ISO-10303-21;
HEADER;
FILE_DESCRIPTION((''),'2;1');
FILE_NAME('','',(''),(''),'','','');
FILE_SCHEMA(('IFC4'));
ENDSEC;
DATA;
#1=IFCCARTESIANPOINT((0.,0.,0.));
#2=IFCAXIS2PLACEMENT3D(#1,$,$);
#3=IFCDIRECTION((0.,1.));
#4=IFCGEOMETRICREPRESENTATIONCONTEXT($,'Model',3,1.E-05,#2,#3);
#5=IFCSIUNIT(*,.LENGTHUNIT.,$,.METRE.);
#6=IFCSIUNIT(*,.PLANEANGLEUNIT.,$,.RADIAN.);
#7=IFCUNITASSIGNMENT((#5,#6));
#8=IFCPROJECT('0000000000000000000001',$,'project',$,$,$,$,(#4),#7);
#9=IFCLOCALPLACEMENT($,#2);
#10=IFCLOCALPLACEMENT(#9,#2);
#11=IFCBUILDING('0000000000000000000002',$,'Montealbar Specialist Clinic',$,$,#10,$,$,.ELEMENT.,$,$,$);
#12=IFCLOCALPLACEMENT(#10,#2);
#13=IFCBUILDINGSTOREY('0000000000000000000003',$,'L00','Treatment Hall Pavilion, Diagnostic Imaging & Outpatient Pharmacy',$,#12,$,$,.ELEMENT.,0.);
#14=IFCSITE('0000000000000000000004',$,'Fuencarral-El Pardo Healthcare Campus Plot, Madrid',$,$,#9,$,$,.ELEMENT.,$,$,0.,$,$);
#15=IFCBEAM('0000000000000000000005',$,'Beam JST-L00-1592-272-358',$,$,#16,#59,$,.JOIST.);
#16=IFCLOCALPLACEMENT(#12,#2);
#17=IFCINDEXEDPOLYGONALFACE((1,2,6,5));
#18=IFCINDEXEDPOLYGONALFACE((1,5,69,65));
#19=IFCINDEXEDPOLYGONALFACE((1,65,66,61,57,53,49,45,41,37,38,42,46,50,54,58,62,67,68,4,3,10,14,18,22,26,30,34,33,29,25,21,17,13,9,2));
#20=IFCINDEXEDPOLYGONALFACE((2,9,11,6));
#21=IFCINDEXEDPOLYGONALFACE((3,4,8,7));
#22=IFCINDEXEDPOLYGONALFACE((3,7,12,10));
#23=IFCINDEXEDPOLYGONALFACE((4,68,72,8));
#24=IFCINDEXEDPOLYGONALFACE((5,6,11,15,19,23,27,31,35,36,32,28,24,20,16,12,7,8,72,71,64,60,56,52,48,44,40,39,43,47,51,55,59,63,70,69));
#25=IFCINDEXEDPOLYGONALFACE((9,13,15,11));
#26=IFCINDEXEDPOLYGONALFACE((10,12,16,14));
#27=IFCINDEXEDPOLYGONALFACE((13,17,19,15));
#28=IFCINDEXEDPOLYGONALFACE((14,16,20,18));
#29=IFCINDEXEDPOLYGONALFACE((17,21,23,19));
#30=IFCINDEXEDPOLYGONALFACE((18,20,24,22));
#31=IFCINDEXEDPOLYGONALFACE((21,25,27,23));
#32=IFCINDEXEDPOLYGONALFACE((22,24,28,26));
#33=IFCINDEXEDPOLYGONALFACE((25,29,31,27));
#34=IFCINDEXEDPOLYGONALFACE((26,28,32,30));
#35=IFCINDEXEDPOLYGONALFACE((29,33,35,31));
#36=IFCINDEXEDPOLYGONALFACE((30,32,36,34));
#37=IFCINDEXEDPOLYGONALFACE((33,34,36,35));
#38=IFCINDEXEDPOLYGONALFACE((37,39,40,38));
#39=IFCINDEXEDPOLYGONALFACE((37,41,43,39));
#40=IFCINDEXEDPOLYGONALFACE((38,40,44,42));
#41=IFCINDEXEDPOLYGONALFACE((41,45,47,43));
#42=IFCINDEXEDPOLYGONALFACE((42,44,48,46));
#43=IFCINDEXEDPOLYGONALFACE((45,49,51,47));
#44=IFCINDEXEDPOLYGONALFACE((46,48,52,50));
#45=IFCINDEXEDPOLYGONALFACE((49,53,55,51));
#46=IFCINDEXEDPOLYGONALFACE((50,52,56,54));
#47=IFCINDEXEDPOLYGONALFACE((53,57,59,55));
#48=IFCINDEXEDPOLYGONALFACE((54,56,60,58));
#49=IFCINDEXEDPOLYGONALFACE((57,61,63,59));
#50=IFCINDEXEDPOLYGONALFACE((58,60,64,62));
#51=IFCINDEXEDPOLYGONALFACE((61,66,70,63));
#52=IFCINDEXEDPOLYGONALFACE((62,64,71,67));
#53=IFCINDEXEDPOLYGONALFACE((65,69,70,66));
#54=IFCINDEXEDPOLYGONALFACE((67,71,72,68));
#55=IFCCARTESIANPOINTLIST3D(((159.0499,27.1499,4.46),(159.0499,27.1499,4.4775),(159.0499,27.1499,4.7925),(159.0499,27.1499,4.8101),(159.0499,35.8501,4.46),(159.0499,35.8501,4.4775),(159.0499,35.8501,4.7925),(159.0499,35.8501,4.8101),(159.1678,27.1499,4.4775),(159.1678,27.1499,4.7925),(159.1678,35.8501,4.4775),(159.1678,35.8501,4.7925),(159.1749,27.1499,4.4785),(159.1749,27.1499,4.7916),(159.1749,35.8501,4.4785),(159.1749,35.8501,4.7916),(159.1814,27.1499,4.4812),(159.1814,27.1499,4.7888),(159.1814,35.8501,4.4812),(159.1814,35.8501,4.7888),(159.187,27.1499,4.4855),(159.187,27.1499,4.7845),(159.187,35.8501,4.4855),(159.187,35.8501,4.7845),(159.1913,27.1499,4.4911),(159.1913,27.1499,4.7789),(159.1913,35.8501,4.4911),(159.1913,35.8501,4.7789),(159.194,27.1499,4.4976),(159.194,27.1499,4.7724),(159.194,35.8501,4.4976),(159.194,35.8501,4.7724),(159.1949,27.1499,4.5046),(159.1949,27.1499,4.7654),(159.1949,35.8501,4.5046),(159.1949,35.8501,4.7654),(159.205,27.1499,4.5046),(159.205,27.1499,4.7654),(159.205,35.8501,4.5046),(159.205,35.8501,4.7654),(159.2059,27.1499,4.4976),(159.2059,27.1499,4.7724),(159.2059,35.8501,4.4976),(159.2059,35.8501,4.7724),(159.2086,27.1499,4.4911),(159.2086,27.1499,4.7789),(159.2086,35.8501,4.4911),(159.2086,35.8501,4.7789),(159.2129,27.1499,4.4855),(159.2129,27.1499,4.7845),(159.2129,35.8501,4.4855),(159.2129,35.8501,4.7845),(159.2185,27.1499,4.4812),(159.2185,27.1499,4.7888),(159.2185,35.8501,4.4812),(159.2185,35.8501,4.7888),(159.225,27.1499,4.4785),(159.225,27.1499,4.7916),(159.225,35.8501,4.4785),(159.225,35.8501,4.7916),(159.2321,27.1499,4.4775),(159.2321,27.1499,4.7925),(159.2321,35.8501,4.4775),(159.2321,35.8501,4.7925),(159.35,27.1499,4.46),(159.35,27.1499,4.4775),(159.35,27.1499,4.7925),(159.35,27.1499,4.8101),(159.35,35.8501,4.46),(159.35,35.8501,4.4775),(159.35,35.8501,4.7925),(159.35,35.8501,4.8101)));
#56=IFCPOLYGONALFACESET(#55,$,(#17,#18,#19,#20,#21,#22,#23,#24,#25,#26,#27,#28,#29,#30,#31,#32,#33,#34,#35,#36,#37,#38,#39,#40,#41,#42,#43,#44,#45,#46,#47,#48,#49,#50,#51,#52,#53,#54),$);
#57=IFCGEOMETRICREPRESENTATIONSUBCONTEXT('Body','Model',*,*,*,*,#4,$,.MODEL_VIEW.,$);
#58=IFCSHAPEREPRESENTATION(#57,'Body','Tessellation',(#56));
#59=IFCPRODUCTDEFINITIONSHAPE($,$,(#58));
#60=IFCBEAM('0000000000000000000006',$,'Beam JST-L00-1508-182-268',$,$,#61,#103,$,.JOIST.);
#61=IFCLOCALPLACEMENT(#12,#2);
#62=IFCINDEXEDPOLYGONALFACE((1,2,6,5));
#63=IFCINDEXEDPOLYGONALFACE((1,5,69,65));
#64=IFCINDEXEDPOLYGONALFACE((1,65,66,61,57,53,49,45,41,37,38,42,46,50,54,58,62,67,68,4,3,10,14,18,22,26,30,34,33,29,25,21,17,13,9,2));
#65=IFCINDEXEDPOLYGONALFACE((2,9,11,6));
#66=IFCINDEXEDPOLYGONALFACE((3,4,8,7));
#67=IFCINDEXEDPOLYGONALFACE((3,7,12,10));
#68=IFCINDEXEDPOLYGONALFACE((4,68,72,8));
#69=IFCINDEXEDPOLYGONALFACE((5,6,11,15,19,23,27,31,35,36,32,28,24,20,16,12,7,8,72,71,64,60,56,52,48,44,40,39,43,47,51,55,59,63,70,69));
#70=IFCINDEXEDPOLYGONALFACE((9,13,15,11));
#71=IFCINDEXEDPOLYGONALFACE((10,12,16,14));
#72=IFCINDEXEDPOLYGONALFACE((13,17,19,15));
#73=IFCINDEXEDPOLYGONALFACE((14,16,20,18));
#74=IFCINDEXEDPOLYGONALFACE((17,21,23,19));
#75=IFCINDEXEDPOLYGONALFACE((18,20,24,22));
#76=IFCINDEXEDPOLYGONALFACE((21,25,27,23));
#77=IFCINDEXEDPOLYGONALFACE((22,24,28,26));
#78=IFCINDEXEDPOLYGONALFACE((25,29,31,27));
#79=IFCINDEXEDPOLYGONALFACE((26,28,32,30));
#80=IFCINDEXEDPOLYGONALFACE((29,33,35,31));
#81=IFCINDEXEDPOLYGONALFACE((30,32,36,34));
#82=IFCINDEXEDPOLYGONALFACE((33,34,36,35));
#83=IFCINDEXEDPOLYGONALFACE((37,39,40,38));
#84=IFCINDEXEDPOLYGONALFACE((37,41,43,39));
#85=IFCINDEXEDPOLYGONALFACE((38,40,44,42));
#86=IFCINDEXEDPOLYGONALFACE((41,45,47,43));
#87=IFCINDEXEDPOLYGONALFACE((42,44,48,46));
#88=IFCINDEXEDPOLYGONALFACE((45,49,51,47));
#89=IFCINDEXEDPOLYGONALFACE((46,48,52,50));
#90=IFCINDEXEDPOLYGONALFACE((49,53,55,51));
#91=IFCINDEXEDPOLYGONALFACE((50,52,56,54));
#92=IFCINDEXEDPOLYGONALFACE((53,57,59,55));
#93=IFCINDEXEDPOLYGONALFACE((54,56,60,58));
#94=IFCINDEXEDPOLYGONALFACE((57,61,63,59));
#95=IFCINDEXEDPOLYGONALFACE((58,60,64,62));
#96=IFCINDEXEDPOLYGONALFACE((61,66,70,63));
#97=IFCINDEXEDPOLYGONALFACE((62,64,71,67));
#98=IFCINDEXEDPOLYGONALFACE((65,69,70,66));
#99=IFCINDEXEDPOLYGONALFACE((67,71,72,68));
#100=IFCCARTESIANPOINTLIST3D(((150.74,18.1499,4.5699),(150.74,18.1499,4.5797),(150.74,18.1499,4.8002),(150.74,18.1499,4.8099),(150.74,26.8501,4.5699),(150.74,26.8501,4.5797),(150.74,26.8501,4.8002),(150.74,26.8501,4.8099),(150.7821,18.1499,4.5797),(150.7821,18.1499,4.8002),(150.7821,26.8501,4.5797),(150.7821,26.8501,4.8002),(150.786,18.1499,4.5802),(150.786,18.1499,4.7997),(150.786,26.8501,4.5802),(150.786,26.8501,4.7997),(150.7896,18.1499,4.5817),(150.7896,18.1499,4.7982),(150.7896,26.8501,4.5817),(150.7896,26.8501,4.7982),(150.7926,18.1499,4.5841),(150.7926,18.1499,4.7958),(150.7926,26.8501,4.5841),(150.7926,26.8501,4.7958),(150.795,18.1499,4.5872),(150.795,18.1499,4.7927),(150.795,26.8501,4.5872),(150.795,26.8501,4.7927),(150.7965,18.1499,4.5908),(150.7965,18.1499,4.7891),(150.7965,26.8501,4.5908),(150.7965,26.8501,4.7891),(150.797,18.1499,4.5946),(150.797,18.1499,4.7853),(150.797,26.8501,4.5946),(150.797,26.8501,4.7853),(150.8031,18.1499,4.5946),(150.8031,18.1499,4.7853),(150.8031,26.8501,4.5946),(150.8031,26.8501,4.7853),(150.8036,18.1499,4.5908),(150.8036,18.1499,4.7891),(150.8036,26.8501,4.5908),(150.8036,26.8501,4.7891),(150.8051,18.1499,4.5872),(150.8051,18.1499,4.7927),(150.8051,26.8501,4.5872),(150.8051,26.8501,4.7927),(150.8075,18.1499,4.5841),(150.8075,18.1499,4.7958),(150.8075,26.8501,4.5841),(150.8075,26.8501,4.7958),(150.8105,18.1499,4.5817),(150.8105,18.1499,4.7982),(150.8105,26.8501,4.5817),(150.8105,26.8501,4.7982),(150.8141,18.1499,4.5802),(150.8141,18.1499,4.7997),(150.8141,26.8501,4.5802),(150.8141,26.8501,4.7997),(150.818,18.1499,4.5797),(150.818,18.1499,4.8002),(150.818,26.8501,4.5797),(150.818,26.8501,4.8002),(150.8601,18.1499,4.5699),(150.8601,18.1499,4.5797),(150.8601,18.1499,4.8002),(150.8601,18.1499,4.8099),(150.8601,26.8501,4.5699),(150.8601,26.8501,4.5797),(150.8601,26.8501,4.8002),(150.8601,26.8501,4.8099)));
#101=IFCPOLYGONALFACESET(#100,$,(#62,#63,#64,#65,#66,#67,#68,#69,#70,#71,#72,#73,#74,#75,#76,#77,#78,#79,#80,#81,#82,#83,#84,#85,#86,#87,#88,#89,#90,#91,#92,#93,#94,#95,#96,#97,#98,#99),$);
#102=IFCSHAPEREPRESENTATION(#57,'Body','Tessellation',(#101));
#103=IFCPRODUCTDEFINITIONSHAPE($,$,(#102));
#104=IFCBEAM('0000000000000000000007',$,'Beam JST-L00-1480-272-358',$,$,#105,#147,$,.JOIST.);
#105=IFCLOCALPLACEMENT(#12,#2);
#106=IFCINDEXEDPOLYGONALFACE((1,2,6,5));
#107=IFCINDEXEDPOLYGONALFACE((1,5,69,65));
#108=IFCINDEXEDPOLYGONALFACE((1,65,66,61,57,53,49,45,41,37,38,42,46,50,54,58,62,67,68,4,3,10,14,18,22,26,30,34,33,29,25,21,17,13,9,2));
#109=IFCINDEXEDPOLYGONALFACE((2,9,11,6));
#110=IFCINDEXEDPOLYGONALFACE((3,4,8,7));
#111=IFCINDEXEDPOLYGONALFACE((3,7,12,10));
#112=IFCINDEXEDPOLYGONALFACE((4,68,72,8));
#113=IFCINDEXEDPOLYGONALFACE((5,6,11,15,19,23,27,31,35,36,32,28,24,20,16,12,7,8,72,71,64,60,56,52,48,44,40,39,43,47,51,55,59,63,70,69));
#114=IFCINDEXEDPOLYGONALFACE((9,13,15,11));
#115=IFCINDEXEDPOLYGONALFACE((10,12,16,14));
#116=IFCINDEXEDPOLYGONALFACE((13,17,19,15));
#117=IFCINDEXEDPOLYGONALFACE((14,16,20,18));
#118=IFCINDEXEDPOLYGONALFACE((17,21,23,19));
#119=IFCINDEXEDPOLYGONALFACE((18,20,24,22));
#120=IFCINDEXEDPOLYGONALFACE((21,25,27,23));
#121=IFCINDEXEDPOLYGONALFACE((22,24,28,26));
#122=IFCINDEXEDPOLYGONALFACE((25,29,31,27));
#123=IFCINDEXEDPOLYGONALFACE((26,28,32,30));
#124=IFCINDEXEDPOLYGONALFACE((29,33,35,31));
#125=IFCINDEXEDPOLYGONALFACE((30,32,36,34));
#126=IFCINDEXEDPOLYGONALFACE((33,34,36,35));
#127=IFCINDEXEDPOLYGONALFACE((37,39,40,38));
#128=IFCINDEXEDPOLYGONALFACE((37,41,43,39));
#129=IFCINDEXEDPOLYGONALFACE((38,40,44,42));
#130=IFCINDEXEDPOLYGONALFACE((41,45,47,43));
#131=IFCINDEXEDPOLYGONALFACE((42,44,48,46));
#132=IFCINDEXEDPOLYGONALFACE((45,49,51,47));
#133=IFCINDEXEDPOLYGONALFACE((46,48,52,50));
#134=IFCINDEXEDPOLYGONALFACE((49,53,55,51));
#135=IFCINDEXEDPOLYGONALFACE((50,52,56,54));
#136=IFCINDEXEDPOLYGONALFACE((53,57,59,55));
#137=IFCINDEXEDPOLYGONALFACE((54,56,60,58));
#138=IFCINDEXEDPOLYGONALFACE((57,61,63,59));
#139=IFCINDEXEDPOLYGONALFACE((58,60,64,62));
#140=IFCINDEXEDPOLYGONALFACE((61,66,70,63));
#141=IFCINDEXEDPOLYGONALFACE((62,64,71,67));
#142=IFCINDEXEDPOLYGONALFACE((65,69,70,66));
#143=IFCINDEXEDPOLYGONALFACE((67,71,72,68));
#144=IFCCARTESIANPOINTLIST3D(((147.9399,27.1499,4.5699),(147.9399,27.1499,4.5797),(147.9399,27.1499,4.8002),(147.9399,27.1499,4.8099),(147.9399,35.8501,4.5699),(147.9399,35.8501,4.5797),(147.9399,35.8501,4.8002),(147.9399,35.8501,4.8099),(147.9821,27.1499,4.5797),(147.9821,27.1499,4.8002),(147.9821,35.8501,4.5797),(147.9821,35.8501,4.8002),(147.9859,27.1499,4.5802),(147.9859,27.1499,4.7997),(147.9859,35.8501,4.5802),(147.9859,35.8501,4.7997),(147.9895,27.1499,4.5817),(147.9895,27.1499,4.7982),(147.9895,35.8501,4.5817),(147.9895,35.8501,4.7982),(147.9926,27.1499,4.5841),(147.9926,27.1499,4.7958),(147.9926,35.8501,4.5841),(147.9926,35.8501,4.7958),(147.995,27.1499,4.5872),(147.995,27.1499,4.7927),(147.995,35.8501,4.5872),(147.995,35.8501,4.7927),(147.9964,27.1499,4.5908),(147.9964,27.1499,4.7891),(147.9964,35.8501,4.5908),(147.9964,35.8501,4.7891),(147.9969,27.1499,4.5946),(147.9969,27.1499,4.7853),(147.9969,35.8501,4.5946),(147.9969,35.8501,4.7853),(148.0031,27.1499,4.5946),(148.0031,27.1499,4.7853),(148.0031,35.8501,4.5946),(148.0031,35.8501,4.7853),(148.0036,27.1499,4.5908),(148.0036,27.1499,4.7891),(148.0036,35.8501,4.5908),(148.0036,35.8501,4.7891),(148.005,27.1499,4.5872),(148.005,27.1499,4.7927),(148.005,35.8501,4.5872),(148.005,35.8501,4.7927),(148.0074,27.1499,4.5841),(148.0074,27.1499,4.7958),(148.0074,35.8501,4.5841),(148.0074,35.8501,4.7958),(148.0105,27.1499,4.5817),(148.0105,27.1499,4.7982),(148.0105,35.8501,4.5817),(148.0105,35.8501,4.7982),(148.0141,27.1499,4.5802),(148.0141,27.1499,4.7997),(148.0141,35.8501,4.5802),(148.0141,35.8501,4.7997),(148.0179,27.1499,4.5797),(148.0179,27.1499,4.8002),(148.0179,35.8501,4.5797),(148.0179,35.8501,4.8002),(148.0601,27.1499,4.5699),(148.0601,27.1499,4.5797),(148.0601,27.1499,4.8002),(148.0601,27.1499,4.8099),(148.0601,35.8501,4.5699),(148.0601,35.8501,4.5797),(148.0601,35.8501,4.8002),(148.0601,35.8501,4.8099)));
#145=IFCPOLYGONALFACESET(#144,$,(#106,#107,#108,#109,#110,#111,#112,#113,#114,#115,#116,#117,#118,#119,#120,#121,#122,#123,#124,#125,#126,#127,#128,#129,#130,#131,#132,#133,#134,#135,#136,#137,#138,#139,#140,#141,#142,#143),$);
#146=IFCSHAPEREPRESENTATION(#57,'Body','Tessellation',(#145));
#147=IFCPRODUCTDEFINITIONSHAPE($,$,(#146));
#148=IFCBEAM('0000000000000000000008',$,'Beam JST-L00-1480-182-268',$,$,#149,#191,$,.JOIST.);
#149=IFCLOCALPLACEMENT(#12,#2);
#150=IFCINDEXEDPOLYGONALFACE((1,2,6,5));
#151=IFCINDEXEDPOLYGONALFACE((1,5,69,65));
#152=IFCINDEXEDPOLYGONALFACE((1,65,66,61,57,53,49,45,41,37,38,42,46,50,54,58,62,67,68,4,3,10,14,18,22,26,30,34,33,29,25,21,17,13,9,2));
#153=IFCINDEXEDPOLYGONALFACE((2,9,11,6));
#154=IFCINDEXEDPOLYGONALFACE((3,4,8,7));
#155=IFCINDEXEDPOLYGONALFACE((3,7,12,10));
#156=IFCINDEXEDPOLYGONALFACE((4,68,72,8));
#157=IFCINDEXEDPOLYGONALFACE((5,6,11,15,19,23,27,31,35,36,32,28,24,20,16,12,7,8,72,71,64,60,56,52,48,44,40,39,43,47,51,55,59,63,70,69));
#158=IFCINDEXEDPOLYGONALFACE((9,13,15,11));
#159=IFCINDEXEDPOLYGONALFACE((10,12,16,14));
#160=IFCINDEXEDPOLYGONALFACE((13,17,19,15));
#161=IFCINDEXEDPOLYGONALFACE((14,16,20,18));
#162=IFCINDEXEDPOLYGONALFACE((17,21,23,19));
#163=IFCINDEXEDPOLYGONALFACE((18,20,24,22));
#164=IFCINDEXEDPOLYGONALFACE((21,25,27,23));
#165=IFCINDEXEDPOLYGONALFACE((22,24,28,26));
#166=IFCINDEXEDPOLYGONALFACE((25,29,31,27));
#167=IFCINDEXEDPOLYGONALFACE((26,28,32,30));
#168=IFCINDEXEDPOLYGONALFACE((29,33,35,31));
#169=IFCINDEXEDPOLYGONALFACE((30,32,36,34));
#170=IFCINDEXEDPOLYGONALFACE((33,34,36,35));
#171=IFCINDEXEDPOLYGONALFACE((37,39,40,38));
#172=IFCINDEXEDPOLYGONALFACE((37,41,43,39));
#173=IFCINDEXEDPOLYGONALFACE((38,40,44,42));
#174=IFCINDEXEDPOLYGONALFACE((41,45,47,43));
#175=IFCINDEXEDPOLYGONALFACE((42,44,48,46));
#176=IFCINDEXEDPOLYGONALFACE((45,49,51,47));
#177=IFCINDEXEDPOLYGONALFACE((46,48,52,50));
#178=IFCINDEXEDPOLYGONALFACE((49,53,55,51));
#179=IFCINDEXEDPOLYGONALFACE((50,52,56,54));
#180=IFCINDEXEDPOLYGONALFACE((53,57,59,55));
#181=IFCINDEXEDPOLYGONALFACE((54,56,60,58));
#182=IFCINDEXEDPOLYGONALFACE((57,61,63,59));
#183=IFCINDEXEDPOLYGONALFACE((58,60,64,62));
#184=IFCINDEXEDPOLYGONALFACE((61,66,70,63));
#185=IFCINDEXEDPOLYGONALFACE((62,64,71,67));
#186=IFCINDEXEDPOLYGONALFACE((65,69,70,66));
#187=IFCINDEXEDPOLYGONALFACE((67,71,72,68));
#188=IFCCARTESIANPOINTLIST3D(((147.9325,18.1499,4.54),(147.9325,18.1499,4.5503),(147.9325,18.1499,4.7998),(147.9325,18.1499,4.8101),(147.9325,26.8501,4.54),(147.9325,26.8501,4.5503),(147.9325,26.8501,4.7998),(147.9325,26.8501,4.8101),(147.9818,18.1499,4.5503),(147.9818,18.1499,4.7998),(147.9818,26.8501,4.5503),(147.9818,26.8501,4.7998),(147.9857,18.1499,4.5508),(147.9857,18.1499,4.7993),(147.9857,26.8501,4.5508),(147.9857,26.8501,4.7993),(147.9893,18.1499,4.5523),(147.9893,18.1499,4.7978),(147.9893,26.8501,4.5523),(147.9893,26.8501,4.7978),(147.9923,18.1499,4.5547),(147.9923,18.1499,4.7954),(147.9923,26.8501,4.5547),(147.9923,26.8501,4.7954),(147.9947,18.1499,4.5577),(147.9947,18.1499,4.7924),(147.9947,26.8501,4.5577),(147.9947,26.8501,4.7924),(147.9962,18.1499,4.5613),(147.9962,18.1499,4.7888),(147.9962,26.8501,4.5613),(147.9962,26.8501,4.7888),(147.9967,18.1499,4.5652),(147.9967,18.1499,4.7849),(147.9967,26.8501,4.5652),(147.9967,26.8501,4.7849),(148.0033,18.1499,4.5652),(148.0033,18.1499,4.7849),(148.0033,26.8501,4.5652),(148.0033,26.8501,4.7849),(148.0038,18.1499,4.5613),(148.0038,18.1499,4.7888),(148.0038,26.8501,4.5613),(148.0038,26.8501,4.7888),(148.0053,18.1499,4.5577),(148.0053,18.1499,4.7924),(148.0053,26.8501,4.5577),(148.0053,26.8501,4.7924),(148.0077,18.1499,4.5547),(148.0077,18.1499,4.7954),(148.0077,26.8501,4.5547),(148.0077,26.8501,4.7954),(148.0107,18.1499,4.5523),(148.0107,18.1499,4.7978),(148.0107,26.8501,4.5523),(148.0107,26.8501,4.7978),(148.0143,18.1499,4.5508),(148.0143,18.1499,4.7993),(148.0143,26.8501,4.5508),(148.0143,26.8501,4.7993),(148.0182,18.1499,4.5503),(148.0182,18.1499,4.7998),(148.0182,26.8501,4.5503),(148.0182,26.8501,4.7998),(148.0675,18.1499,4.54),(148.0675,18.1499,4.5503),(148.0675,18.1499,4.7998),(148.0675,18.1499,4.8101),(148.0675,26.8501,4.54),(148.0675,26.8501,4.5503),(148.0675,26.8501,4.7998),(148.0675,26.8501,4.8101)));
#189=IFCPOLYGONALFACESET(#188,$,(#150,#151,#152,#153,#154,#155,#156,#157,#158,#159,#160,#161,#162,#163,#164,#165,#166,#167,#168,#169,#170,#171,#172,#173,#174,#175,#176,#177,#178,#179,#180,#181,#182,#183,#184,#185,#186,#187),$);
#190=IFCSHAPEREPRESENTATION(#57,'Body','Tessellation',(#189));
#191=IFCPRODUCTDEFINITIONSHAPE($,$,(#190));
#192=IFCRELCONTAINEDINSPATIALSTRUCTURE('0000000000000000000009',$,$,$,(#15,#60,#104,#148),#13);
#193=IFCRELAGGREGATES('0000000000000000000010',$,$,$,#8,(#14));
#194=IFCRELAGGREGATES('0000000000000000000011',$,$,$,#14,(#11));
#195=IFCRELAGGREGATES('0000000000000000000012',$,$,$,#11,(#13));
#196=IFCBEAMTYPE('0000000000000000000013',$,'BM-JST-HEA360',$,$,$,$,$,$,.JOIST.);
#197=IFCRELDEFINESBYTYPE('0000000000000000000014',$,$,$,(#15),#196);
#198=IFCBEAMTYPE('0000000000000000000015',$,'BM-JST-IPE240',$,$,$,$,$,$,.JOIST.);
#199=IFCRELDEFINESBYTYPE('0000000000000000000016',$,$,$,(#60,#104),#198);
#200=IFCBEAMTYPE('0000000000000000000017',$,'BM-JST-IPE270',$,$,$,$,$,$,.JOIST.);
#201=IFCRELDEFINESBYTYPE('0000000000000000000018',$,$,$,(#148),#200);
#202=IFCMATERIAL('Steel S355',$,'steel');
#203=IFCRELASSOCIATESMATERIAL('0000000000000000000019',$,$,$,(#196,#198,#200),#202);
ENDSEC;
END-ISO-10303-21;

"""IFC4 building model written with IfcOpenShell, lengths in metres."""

from ifc_helpers import new_model, si_unit, direction, frame, origin, origin_2d, place, context, subcontext, project, spatial, i_section, extrude, material, material_profile, profile_set, type_object, element, save


model = new_model("IFC4")

# Units and contexts
model_context = context("Model", 3, precision=1e-05, world=origin(), true_north=direction((0.0, 1.0)))
body_context = subcontext(model_context, "Body", "Model", "MODEL_VIEW")
ifc_project = project(units=[si_unit("LENGTHUNIT", "METRE"), si_unit("PLANEANGLEUNIT", "RADIAN")], contexts=[model_context])

# Site, building, storey
site_placement = place(None, origin())
site = spatial("IfcSite", under=ifc_project, at=site_placement, Name="Fuencarral-El Pardo Healthcare Campus Plot, Madrid", CompositionType="ELEMENT", RefElevation=0.0)
building_placement = place(site_placement, origin())
building = spatial("IfcBuilding", under=site, at=building_placement, Name="Montealbar Specialist Clinic", CompositionType="ELEMENT")
storey_placement = place(building_placement, origin())
storey = spatial("IfcBuildingStorey", under=building, at=storey_placement, Name="L00", Description="Treatment Hall Pavilion, Diagnostic Imaging & Outpatient Pharmacy", CompositionType="ELEMENT", Elevation=0.0)

# Shared definitions
ifc_material_1 = material(Name="Steel S355", Category="steel")

# Beams
ifc_material_profile_1 = material_profile(ifc_material_1, i_section(OverallWidth=0.3, OverallDepth=0.3501, WebThickness=0.01, FlangeThickness=0.0176, FilletRadius=0.0271, at=origin_2d()), Name="HEA 360", Category="steel")
ifc_profile_set_1 = profile_set([ifc_material_profile_1], Name="Steel S355")
beam_type_1 = type_object("IfcBeamType", Name="BM-JST-HEA360", PredefinedType="JOIST", material=ifc_profile_set_1)
beam_1_placement = place(storey_placement, frame((159.2, 27.1499, 4.635), z_axis=(0.0, 1.0, 0.0), x_axis=(-1.0, 0.0, 0.0)))
element("IfcBeam", 1, at=beam_1_placement, inside=storey, type_object=beam_type_1, Name="Beam JST-L00-1592-272-358", PredefinedType="JOIST", context=body_context, shape_type="SweptSolid", body=[
    extrude(i_section(OverallWidth=0.3, OverallDepth=0.3501, WebThickness=0.01, FlangeThickness=0.0176, FilletRadius=0.0271, at=origin_2d()), origin(), (0.0, 0.0, 1.0), 8.7002),
])
ifc_material_profile_2 = material_profile(ifc_material_1, i_section(OverallWidth=0.1201, OverallDepth=0.24, WebThickness=0.0061, FlangeThickness=0.0098, FilletRadius=0.0149, at=origin_2d()), Name="IPE 240", Category="steel")
ifc_profile_set_2 = profile_set([ifc_material_profile_2], Name="Steel S355")
beam_type_2 = type_object("IfcBeamType", Name="BM-JST-IPE240", PredefinedType="JOIST", material=ifc_profile_set_2)
for number, where, z_axis, x_axis, name in (
    (2, (150.8, 18.1499, 4.6899), (0.0, 1.0, 0.0), (-1.0, 0.0, 0.0), "Beam JST-L00-1508-182-268"),
    (3, (148.0, 27.1499, 4.6899), (0.0, 1.0, 0.0), (-1.0, 0.0, 0.0), "Beam JST-L00-1480-272-358"),
):
    element("IfcBeam", number, at=place(storey_placement, frame(where, z_axis=z_axis, x_axis=x_axis)), inside=storey, type_object=beam_type_2, Name=name, PredefinedType="JOIST", context=body_context, shape_type="SweptSolid", body=[
        extrude(i_section(OverallWidth=0.1201, OverallDepth=0.24, WebThickness=0.0061, FlangeThickness=0.0098, FilletRadius=0.0149, at=origin_2d()), origin(), (0.0, 0.0, 1.0), 8.7002),
    ])
ifc_material_profile_3 = material_profile(ifc_material_1, i_section(OverallWidth=0.135, OverallDepth=0.27, WebThickness=0.0066, FlangeThickness=0.0103, FilletRadius=0.0149, at=origin_2d()), Name="IPE 270", Category="steel")
ifc_profile_set_3 = profile_set([ifc_material_profile_3], Name="Steel S355")
beam_type_3 = type_object("IfcBeamType", Name="BM-JST-IPE270", PredefinedType="JOIST", material=ifc_profile_set_3)
beam_2_placement = place(storey_placement, frame((148.0, 18.1499, 4.675), z_axis=(0.0, 1.0, 0.0), x_axis=(-1.0, 0.0, 0.0)))
element("IfcBeam", 4, at=beam_2_placement, inside=storey, type_object=beam_type_3, Name="Beam JST-L00-1480-182-268", PredefinedType="JOIST", context=body_context, shape_type="SweptSolid", body=[
    extrude(i_section(OverallWidth=0.135, OverallDepth=0.27, WebThickness=0.0066, FlangeThickness=0.0103, FilletRadius=0.0149, at=origin_2d()), origin(), (0.0, 0.0, 1.0), 8.7002),
])

save(model, "model.ifc")
